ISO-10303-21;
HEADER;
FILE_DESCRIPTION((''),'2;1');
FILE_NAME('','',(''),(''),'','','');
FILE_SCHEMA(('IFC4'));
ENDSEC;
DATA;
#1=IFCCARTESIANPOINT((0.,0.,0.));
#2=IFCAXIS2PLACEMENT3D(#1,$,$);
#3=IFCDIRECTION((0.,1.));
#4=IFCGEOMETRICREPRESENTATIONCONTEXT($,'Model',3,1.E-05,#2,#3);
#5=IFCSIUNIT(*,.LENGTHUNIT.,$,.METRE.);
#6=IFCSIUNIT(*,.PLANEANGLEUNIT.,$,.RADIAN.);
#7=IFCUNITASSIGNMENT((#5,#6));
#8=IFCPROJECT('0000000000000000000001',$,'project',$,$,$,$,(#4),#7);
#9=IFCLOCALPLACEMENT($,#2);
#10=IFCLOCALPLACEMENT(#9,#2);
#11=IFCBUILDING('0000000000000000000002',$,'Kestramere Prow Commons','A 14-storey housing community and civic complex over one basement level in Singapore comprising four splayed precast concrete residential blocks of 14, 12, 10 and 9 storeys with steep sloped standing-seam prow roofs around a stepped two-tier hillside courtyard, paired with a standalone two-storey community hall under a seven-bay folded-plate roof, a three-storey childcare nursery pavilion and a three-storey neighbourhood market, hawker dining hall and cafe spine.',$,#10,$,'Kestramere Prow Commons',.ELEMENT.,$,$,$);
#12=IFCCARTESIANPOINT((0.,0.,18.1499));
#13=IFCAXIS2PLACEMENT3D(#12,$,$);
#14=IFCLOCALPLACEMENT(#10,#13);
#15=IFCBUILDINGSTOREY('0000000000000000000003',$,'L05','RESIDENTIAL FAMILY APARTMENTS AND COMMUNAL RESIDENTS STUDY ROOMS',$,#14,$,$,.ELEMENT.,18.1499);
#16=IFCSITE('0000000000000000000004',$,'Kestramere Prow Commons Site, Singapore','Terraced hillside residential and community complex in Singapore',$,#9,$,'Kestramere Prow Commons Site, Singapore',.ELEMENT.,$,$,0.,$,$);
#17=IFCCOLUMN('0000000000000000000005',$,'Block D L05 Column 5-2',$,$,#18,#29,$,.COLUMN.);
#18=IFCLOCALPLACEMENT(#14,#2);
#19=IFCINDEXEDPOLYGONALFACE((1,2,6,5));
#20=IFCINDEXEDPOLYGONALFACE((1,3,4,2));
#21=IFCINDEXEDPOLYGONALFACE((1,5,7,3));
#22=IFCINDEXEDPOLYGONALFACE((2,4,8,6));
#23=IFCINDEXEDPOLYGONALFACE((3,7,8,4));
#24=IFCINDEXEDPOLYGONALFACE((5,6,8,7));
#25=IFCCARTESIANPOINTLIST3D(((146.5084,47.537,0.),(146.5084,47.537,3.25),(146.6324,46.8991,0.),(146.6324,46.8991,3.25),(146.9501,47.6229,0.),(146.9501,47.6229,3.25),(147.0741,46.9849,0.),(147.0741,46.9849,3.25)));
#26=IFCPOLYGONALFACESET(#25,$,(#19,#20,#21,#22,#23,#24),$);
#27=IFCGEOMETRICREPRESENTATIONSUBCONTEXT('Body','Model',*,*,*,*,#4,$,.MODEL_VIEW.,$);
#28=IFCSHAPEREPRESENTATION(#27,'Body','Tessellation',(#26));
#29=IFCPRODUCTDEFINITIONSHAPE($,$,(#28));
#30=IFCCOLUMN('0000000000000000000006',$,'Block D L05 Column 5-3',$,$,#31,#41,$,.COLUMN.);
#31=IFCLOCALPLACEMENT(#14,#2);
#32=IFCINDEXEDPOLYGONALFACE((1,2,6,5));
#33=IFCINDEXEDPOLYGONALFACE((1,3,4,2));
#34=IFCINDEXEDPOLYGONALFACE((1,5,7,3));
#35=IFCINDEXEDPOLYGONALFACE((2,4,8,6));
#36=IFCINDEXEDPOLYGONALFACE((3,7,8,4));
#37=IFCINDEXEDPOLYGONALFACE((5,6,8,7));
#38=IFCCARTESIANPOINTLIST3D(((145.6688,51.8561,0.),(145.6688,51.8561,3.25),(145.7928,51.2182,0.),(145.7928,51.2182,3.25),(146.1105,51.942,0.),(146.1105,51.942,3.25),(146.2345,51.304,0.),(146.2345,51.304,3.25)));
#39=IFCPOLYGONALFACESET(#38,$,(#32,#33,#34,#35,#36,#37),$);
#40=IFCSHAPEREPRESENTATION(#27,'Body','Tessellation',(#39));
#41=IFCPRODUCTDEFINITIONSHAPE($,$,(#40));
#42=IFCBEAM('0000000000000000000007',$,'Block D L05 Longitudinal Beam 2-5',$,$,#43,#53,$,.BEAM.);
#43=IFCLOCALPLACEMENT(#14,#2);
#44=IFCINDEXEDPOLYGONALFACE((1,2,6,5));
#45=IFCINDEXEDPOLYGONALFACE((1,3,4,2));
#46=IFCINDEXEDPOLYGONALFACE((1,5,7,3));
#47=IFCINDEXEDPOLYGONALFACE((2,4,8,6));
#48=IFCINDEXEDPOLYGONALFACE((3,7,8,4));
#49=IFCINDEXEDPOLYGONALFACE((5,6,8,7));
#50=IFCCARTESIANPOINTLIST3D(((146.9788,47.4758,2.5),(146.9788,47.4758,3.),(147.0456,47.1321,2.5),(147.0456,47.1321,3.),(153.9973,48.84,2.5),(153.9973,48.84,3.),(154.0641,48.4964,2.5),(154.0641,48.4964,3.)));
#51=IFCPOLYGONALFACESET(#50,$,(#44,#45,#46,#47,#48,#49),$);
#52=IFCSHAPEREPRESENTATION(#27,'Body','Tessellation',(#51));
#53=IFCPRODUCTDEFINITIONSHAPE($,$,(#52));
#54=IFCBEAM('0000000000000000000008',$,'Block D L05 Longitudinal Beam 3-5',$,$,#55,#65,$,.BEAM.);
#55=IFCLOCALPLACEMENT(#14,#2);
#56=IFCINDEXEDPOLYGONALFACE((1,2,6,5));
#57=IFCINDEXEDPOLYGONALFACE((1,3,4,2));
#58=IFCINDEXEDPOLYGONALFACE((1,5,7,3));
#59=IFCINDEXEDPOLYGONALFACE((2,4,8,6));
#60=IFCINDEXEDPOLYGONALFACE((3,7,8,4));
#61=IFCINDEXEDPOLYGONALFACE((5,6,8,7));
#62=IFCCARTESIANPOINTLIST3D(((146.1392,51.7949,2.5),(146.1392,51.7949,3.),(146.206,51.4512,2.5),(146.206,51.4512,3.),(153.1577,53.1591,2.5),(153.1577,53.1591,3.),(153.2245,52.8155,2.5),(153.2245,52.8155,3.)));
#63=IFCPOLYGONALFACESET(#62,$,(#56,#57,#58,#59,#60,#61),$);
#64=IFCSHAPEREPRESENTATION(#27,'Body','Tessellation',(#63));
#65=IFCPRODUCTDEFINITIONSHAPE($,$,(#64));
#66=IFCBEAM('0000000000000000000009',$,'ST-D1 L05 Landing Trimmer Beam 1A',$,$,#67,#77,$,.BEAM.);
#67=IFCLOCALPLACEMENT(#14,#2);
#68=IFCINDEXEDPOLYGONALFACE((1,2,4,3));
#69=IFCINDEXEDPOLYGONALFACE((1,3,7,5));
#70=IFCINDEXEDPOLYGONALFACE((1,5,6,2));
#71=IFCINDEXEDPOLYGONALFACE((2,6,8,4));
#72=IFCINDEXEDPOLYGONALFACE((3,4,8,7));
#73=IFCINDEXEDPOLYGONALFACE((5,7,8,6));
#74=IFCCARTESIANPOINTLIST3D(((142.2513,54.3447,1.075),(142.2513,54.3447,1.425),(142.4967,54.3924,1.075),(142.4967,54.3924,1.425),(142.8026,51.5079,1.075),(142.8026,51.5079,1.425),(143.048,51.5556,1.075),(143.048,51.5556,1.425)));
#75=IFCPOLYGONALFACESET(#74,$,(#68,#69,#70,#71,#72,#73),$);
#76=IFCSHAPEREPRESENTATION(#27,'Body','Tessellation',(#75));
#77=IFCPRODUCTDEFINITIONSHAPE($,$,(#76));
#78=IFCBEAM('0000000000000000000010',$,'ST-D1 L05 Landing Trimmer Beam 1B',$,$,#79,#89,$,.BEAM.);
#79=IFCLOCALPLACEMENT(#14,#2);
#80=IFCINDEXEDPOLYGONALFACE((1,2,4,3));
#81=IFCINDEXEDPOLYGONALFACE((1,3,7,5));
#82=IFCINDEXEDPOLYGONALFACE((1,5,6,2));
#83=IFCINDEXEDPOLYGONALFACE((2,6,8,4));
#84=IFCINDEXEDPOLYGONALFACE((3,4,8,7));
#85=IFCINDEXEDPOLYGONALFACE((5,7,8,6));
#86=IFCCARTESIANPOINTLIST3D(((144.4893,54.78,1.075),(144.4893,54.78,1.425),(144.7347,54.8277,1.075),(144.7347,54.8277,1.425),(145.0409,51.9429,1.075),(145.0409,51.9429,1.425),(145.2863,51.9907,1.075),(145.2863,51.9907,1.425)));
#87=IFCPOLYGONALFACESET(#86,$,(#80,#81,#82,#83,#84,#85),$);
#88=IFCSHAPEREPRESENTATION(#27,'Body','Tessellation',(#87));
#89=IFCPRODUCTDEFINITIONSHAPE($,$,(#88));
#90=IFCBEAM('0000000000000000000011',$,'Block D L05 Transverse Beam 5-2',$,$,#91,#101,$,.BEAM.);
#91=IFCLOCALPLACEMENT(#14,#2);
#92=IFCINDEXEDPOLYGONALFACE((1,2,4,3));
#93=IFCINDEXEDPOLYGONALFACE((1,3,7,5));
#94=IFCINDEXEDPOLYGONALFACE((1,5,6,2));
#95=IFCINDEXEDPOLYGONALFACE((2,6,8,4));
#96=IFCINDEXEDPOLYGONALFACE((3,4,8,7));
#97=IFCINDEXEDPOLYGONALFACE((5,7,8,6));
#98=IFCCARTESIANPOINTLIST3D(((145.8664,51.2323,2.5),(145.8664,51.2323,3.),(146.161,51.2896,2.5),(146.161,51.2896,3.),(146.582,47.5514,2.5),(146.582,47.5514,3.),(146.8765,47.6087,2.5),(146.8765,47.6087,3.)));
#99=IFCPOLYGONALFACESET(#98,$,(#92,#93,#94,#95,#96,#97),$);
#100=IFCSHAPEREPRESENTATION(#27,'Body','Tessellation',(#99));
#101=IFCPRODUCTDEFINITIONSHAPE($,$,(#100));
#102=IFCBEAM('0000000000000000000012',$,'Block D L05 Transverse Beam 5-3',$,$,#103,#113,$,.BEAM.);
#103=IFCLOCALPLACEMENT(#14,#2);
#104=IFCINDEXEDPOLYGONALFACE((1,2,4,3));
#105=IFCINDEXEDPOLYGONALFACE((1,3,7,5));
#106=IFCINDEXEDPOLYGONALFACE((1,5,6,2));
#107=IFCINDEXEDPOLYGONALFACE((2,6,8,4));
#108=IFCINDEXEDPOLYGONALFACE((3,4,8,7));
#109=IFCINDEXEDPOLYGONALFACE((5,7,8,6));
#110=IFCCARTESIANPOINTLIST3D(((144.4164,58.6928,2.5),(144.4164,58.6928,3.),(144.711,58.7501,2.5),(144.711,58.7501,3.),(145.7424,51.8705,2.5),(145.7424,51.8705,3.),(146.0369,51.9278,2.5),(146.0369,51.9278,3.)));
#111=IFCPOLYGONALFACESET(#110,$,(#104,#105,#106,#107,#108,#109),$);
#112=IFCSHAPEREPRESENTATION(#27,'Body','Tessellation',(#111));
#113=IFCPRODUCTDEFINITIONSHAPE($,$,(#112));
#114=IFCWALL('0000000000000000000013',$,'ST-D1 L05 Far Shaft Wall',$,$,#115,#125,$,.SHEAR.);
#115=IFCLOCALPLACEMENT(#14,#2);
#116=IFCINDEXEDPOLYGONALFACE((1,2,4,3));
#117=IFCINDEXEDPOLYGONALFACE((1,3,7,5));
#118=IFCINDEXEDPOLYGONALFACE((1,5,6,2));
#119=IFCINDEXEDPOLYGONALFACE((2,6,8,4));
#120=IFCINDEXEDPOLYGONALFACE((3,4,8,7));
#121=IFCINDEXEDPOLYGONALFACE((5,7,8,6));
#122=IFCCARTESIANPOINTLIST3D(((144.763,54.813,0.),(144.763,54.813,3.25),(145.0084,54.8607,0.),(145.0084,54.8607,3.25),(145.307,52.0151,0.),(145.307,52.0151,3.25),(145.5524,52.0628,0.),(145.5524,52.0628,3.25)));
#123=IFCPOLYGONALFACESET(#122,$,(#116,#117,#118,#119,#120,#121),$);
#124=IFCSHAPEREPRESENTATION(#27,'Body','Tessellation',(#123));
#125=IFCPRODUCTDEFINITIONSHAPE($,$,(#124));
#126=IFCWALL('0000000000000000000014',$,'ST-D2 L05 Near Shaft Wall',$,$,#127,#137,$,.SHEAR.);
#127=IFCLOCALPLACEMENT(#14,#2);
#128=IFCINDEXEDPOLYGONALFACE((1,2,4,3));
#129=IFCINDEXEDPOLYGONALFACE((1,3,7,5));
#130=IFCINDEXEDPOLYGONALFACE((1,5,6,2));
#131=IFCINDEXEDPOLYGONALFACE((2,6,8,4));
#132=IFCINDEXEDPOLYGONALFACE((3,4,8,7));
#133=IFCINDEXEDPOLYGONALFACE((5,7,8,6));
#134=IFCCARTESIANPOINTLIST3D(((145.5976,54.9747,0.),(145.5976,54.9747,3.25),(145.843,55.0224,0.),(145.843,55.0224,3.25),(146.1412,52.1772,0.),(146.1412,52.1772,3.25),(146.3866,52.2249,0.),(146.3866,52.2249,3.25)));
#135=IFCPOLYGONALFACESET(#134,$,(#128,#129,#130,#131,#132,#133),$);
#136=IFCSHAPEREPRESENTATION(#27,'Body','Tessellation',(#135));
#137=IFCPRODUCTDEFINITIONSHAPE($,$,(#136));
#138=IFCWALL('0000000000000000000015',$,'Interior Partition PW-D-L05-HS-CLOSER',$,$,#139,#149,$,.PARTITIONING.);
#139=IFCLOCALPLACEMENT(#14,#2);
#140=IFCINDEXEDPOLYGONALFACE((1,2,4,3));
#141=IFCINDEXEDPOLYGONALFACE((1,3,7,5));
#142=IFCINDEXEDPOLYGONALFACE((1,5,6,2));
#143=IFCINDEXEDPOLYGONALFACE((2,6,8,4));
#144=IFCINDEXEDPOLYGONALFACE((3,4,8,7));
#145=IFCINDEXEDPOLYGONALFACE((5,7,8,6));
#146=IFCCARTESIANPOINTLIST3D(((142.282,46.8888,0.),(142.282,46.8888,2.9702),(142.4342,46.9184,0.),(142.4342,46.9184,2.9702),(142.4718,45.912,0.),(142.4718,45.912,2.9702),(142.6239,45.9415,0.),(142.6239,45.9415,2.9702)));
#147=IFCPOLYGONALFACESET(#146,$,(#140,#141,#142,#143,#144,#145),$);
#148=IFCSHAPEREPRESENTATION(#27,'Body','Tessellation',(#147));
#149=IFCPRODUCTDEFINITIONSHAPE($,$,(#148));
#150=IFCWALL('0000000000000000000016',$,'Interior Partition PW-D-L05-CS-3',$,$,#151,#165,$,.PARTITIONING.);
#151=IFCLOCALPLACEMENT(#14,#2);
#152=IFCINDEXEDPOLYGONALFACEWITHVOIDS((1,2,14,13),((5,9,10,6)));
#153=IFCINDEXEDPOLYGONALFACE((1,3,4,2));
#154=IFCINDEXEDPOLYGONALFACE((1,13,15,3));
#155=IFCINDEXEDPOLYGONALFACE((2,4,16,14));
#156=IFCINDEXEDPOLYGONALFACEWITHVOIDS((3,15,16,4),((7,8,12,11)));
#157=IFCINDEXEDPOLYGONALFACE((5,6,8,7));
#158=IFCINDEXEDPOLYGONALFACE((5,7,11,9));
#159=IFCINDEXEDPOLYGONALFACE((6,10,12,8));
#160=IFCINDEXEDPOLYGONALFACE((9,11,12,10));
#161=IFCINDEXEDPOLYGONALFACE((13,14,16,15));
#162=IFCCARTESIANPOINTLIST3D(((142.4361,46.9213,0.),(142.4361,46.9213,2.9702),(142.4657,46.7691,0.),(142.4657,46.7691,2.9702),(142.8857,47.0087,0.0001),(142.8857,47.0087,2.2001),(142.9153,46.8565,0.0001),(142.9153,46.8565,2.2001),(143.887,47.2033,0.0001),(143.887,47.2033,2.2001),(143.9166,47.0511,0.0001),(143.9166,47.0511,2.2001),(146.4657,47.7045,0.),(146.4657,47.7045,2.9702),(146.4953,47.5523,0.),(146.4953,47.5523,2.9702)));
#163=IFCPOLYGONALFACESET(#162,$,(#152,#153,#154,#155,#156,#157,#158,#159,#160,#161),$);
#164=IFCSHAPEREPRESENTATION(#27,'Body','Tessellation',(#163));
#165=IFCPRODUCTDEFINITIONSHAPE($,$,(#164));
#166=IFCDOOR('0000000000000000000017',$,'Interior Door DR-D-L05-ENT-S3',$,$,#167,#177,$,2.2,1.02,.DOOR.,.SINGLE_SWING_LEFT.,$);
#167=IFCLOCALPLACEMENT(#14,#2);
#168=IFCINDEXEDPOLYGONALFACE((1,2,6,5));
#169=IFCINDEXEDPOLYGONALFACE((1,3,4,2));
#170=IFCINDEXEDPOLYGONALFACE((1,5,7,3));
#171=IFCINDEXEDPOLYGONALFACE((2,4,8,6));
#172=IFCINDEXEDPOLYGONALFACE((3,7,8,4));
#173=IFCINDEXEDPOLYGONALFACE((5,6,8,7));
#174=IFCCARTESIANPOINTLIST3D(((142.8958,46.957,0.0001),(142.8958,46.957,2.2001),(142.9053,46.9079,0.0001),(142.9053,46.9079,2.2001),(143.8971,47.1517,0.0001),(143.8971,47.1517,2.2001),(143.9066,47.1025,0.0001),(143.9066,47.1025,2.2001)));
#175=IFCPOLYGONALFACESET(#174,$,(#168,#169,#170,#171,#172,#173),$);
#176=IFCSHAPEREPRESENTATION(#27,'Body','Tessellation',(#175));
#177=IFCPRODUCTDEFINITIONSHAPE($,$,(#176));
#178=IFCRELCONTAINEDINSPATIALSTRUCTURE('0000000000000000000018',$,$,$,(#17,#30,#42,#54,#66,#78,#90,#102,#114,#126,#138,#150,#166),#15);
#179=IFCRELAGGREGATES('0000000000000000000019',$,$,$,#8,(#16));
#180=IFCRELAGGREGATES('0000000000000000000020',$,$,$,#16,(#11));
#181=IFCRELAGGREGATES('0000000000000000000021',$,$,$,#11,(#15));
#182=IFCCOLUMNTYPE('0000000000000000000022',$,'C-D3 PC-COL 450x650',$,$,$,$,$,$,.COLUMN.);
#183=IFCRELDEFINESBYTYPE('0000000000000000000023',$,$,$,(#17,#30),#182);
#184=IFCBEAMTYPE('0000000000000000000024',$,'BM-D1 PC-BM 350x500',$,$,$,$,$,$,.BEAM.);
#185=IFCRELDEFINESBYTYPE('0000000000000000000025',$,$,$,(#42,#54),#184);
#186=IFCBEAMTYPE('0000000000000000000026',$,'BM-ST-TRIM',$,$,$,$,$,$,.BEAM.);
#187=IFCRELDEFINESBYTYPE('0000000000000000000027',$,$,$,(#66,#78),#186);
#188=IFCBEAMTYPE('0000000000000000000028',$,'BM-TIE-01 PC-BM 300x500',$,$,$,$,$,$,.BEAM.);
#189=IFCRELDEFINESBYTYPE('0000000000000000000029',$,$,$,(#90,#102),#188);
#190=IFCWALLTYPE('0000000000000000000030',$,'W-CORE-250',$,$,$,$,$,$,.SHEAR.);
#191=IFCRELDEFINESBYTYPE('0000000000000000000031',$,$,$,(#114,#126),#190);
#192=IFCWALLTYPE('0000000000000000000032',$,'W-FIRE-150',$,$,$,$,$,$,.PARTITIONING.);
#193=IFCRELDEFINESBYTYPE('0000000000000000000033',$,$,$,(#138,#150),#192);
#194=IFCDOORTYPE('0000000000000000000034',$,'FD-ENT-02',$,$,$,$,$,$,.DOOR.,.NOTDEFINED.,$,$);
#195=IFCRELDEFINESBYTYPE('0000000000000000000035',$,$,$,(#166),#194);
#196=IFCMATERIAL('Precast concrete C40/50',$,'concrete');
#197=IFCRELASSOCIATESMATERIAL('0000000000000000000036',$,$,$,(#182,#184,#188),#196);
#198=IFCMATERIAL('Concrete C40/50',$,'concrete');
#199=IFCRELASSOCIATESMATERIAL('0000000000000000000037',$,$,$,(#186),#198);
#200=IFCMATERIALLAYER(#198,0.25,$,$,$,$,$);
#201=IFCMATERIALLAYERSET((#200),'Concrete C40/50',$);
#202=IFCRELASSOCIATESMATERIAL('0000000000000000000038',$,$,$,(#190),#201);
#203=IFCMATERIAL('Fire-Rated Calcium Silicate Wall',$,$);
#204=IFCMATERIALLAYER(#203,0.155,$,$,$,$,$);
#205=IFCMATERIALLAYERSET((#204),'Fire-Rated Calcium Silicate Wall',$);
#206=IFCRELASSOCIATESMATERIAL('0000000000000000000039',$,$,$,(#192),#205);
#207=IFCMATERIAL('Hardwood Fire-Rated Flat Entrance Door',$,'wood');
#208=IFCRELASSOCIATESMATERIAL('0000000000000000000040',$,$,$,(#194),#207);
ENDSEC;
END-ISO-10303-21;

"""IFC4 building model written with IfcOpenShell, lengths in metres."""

from ifc_helpers import new_model, si_unit, direction, frame, frame_2d, origin, origin_2d, place, context, subcontext, project, spatial, rectangle, extrude, material, layer, layer_set, material_profile, profile_set, type_object, element, fill, save


model = new_model("IFC4")

# Units and contexts
model_context = context("Model", 3, precision=1e-05, world=origin(), true_north=direction((0.0, 1.0)))
body_context = subcontext(model_context, "Body", "Model", "MODEL_VIEW")
ifc_project = project(units=[si_unit("LENGTHUNIT", "METRE"), si_unit("PLANEANGLEUNIT", "RADIAN")], contexts=[model_context])

# Site, building, storey
site_placement = place(None, origin())
site = spatial("IfcSite", under=ifc_project, at=site_placement, Name="Kestramere Prow Commons Site, Singapore", Description="Terraced hillside residential and community complex in Singapore", LongName="Kestramere Prow Commons Site, Singapore", CompositionType="ELEMENT", RefElevation=0.0)
building_placement = place(site_placement, origin())
building = spatial("IfcBuilding", under=site, at=building_placement, Name="Kestramere Prow Commons", Description="A 14-storey housing community and civic complex over one basement level in Singapore comprising four splayed precast concrete residential blocks of 14, 12, 10 and 9 storeys with steep sloped standing-seam prow roofs around a stepped two-tier hillside courtyard, paired with a standalone two-storey community hall under a seven-bay folded-plate roof, a three-storey childcare nursery pavilion and a three-storey neighbourhood market, hawker dining hall and cafe spine.", LongName="Kestramere Prow Commons", CompositionType="ELEMENT")
storey_placement = place(building_placement, frame((0.0, 0.0, 18.1499)))
storey = spatial("IfcBuildingStorey", under=building, at=storey_placement, Name="L05", Description="RESIDENTIAL FAMILY APARTMENTS AND COMMUNAL RESIDENTS STUDY ROOMS", CompositionType="ELEMENT", Elevation=18.1499)

# Columns
ifc_material_1 = material(Name="Precast concrete C40/50", Category="concrete")
ifc_material_profile_1 = material_profile(ifc_material_1, rectangle(XDim=0.45, YDim=0.6499, at=origin_2d()), Name="PC-COL 450x650")
ifc_profile_set_1 = profile_set([ifc_material_profile_1], Name="Precast concrete C40/50")
column_type = type_object("IfcColumnType", Name="C-D3 PC-COL 450x650", PredefinedType="COLUMN", material=ifc_profile_set_1)
for number, where, z_axis, x_axis, name in (
    (1, (146.7913, 47.261, 0.0), (0.0, 0.0, 1.0), (0.981627, 0.190809, 0.0), "Block D L05 Column 5-2"),
    (2, (145.9517, 51.5801, 0.0), (0.0, 0.0, 1.0), (0.981627, 0.190809, 0.0), "Block D L05 Column 5-3"),
):
    element("IfcColumn", number, at=place(storey_placement, frame(where, z_axis=z_axis, x_axis=x_axis)), inside=storey, type_object=column_type, Name=name, PredefinedType="COLUMN", context=body_context, shape_type="SweptSolid", body=[
        extrude(rectangle(XDim=0.45, YDim=0.6499, at=origin_2d()), origin(), (0.0, 0.0, 1.0), 3.25),
    ])

# Beams
ifc_material_profile_2 = material_profile(ifc_material_1, rectangle(XDim=0.3501, YDim=0.5, at=origin_2d()), Name="PC-BM 350x500")
ifc_profile_set_2 = profile_set([ifc_material_profile_2], Name="Precast concrete C40/50")
beam_type_1 = type_object("IfcBeamType", Name="BM-D1 PC-BM 350x500", PredefinedType="BEAM", material=ifc_profile_set_2)
for number, where, z_axis, x_axis, name in (
    (3, (147.0122, 47.304, 2.75), (0.981627, 0.190808, 0.0), (-0.190808, 0.981627, 0.0), "Block D L05 Longitudinal Beam 2-5"),
    (4, (146.1726, 51.623, 2.75), (0.981627, 0.190808, 0.0), (-0.190808, 0.981627, 0.0), "Block D L05 Longitudinal Beam 3-5"),
):
    element("IfcBeam", number, at=place(storey_placement, frame(where, z_axis=z_axis, x_axis=x_axis)), inside=storey, type_object=beam_type_1, Name=name, PredefinedType="BEAM", context=body_context, shape_type="SweptSolid", body=[
        extrude(rectangle(XDim=0.3501, YDim=0.5, at=origin_2d()), origin(), (0.0, 0.0, 1.0), 7.1499),
    ])
ifc_material_2 = material(Name="Concrete C40/50", Category="concrete")
ifc_material_profile_3 = material_profile(ifc_material_2, rectangle(XDim=0.25, YDim=0.3501, at=origin_2d()), Name="PC-BM 250x350")
ifc_profile_set_3 = profile_set([ifc_material_profile_3], Name="Concrete C40/50")
beam_type_2 = type_object("IfcBeamType", Name="BM-ST-TRIM", PredefinedType="BEAM", material=ifc_profile_set_3)
beam_1_placement = place(storey_placement, frame((142.9253, 51.5317, 1.25), z_axis=(-0.190752, 0.981638, 0.0), x_axis=(-0.981638, -0.190752, 0.0)))
element("IfcBeam", 5, at=beam_1_placement, inside=storey, type_object=beam_type_2, Name="ST-D1 L05 Landing Trimmer Beam 1A", PredefinedType="BEAM", context=body_context, shape_type="SweptSolid", body=[
    extrude(rectangle(XDim=0.25, YDim=0.3501, at=origin_2d()), origin(), (0.0, 0.0, 1.0), 2.8899),
])
beam_2_placement = place(storey_placement, frame((145.1636, 51.9668, 1.25), z_axis=(-0.190833, 0.981622, 0.0), x_axis=(-0.981622, -0.190833, 0.0)))
element("IfcBeam", 6, at=beam_2_placement, inside=storey, type_object=beam_type_2, Name="ST-D1 L05 Landing Trimmer Beam 1B", PredefinedType="BEAM", context=body_context, shape_type="SweptSolid", body=[
    extrude(rectangle(XDim=0.25, YDim=0.3501, at=origin_2d()), origin(), (0.0, 0.0, 1.0), 2.8901),
])
ifc_material_profile_4 = material_profile(ifc_material_1, rectangle(XDim=0.3, YDim=0.5, at=origin_2d()), Name="PC-BM 300x500")
ifc_profile_set_4 = profile_set([ifc_material_profile_4], Name="Precast concrete C40/50")
beam_type_3 = type_object("IfcBeamType", Name="BM-TIE-01 PC-BM 300x500", PredefinedType="BEAM", material=ifc_profile_set_4)
beam_3_placement = place(storey_placement, frame((146.7292, 47.5801, 2.75), z_axis=(-0.19083, 0.981623, 0.0), x_axis=(-0.981623, -0.19083, 0.0)))
element("IfcBeam", 7, at=beam_3_placement, inside=storey, type_object=beam_type_3, Name="Block D L05 Transverse Beam 5-2", PredefinedType="BEAM", context=body_context, shape_type="SweptSolid", body=[
    extrude(rectangle(XDim=0.3, YDim=0.5, at=origin_2d()), origin(), (0.0, 0.0, 1.0), 3.7498),
])
beam_4_placement = place(storey_placement, frame((145.8896, 51.8992, 2.75), z_axis=(-0.190783, 0.981632, 0.0), x_axis=(-0.981632, -0.190783, 0.0)))
element("IfcBeam", 8, at=beam_4_placement, inside=storey, type_object=beam_type_3, Name="Block D L05 Transverse Beam 5-3", PredefinedType="BEAM", context=body_context, shape_type="SweptSolid", body=[
    extrude(rectangle(XDim=0.3, YDim=0.5, at=origin_2d()), origin(), (0.0, 0.0, 1.0), 6.95),
])

# Wall
ifc_layer_1 = layer(ifc_material_2, 0.25)
ifc_layer_set_1 = layer_set([ifc_layer_1], Name="Concrete C40/50")
wall_type_1 = type_object("IfcWallType", Name="W-CORE-250", PredefinedType="SHEAR", material=ifc_layer_set_1)
wall_1_placement = place(storey_placement, frame((145.4297, 52.0388, 0.0), z_axis=(0.0, 0.0, 1.0), x_axis=(-0.190842, 0.981621, 0.0)))
element("IfcWall", 9, at=wall_1_placement, inside=storey, type_object=wall_type_1, Name="ST-D1 L05 Far Shaft Wall", PredefinedType="SHEAR", context=body_context, shape_type="SweptSolid", body=[
    extrude(rectangle(XDim=2.8503, YDim=0.25, at=frame_2d((1.4253, 0.0))), origin(), (0.0, 0.0, 1.0), 3.25),
])

# Walls
wall_2_placement = place(storey_placement, frame((146.2639, 52.2012, 0.0), z_axis=(0.0, 0.0, 1.0), x_axis=(-0.190776, 0.981634, 0.0)))
element("IfcWall", 10, at=wall_2_placement, inside=storey, type_object=wall_type_1, Name="ST-D2 L05 Near Shaft Wall", PredefinedType="SHEAR", context=body_context, shape_type="SweptSolid", body=[
    extrude(rectangle(XDim=2.8499, YDim=0.25, at=frame_2d((1.4248, 0.0))), origin(), (0.0, 0.0, 1.0), 3.25),
])
ifc_material_3 = material(Name="Fire-Rated Calcium Silicate Wall")
ifc_layer_2 = layer(ifc_material_3, 0.155)
ifc_layer_set_2 = layer_set([ifc_layer_2], Name="Fire-Rated Calcium Silicate Wall")
wall_type_2 = type_object("IfcWallType", Name="W-FIRE-150", PredefinedType="PARTITIONING", material=ifc_layer_set_2)
wall_3_placement = place(storey_placement, frame((142.5479, 45.9268, 0.0), z_axis=(0.0, 0.0, 1.0), x_axis=(-0.19064, 0.98166, 0.0)))
element("IfcWall", 11, at=wall_3_placement, inside=storey, type_object=wall_type_2, Name="Interior Partition PW-D-L05-HS-CLOSER", PredefinedType="PARTITIONING", context=body_context, shape_type="SweptSolid", body=[
    extrude(rectangle(XDim=0.9951, YDim=0.155, at=frame_2d((0.4976, 0.0))), origin(), (0.0, 0.0, 1.0), 2.9702),
])

# Wall, opening, door
wall_4_placement = place(storey_placement, frame((142.4509, 46.8452, 0.0), z_axis=(0.0, 0.0, 1.0), x_axis=(0.98163, 0.190795, 0.0)))
wall_4 = element("IfcWall", 12, at=wall_4_placement, inside=storey, type_object=wall_type_2, Name="Interior Partition PW-D-L05-CS-3", PredefinedType="PARTITIONING", context=body_context, shape_type="SweptSolid", body=[
    extrude(rectangle(XDim=4.105, YDim=0.155, at=frame_2d((2.0525, 0.0))), origin(), (0.0, 0.0, 1.0), 2.9702),
])
opening_1_placement = place(wall_4_placement, frame((0.458, 0.0, 0.0)))
opening_1 = element("IfcOpeningElement", 13, at=opening_1_placement, cuts=wall_4, PredefinedType="OPENING", context=body_context, shape_type="SweptSolid", body=[
    extrude(rectangle(XDim=1.02, YDim=2.2, at=frame_2d((0.51, 1.1001))), frame((0.0, 0.0925, 0.0), z_axis=(0.0, -1.0, 0.0), x_axis=(1.0, 0.0, 0.0)), (0.0, 0.0, 1.0), 0.1851),
])
ifc_material_4 = material(Name="Hardwood Fire-Rated Flat Entrance Door", Category="wood")
door_type_1 = type_object("IfcDoorType", Name="FD-ENT-02", OperationType="NOTDEFINED", PredefinedType="DOOR", material=ifc_material_4)
door_1_placement = place(opening_1_placement, origin())
door_1 = element("IfcDoor", 14, at=door_1_placement, inside=storey, type_object=door_type_1, Name="Interior Door DR-D-L05-ENT-S3", OperationType="SINGLE_SWING_LEFT", OverallHeight=2.2, OverallWidth=1.02, PredefinedType="DOOR", context=body_context, shape_type="SweptSolid", body=[
    extrude(rectangle(XDim=1.02, YDim=2.2, at=frame_2d((0.51, 1.1001))), frame((0.0, 0.0249, 0.0), z_axis=(0.0, -1.0, 0.0), x_axis=(1.0, 0.0, 0.0)), (0.0, 0.0, 1.0), 0.05),
])
fill(opening_1, door_1)

save(model, "model.ifc")
